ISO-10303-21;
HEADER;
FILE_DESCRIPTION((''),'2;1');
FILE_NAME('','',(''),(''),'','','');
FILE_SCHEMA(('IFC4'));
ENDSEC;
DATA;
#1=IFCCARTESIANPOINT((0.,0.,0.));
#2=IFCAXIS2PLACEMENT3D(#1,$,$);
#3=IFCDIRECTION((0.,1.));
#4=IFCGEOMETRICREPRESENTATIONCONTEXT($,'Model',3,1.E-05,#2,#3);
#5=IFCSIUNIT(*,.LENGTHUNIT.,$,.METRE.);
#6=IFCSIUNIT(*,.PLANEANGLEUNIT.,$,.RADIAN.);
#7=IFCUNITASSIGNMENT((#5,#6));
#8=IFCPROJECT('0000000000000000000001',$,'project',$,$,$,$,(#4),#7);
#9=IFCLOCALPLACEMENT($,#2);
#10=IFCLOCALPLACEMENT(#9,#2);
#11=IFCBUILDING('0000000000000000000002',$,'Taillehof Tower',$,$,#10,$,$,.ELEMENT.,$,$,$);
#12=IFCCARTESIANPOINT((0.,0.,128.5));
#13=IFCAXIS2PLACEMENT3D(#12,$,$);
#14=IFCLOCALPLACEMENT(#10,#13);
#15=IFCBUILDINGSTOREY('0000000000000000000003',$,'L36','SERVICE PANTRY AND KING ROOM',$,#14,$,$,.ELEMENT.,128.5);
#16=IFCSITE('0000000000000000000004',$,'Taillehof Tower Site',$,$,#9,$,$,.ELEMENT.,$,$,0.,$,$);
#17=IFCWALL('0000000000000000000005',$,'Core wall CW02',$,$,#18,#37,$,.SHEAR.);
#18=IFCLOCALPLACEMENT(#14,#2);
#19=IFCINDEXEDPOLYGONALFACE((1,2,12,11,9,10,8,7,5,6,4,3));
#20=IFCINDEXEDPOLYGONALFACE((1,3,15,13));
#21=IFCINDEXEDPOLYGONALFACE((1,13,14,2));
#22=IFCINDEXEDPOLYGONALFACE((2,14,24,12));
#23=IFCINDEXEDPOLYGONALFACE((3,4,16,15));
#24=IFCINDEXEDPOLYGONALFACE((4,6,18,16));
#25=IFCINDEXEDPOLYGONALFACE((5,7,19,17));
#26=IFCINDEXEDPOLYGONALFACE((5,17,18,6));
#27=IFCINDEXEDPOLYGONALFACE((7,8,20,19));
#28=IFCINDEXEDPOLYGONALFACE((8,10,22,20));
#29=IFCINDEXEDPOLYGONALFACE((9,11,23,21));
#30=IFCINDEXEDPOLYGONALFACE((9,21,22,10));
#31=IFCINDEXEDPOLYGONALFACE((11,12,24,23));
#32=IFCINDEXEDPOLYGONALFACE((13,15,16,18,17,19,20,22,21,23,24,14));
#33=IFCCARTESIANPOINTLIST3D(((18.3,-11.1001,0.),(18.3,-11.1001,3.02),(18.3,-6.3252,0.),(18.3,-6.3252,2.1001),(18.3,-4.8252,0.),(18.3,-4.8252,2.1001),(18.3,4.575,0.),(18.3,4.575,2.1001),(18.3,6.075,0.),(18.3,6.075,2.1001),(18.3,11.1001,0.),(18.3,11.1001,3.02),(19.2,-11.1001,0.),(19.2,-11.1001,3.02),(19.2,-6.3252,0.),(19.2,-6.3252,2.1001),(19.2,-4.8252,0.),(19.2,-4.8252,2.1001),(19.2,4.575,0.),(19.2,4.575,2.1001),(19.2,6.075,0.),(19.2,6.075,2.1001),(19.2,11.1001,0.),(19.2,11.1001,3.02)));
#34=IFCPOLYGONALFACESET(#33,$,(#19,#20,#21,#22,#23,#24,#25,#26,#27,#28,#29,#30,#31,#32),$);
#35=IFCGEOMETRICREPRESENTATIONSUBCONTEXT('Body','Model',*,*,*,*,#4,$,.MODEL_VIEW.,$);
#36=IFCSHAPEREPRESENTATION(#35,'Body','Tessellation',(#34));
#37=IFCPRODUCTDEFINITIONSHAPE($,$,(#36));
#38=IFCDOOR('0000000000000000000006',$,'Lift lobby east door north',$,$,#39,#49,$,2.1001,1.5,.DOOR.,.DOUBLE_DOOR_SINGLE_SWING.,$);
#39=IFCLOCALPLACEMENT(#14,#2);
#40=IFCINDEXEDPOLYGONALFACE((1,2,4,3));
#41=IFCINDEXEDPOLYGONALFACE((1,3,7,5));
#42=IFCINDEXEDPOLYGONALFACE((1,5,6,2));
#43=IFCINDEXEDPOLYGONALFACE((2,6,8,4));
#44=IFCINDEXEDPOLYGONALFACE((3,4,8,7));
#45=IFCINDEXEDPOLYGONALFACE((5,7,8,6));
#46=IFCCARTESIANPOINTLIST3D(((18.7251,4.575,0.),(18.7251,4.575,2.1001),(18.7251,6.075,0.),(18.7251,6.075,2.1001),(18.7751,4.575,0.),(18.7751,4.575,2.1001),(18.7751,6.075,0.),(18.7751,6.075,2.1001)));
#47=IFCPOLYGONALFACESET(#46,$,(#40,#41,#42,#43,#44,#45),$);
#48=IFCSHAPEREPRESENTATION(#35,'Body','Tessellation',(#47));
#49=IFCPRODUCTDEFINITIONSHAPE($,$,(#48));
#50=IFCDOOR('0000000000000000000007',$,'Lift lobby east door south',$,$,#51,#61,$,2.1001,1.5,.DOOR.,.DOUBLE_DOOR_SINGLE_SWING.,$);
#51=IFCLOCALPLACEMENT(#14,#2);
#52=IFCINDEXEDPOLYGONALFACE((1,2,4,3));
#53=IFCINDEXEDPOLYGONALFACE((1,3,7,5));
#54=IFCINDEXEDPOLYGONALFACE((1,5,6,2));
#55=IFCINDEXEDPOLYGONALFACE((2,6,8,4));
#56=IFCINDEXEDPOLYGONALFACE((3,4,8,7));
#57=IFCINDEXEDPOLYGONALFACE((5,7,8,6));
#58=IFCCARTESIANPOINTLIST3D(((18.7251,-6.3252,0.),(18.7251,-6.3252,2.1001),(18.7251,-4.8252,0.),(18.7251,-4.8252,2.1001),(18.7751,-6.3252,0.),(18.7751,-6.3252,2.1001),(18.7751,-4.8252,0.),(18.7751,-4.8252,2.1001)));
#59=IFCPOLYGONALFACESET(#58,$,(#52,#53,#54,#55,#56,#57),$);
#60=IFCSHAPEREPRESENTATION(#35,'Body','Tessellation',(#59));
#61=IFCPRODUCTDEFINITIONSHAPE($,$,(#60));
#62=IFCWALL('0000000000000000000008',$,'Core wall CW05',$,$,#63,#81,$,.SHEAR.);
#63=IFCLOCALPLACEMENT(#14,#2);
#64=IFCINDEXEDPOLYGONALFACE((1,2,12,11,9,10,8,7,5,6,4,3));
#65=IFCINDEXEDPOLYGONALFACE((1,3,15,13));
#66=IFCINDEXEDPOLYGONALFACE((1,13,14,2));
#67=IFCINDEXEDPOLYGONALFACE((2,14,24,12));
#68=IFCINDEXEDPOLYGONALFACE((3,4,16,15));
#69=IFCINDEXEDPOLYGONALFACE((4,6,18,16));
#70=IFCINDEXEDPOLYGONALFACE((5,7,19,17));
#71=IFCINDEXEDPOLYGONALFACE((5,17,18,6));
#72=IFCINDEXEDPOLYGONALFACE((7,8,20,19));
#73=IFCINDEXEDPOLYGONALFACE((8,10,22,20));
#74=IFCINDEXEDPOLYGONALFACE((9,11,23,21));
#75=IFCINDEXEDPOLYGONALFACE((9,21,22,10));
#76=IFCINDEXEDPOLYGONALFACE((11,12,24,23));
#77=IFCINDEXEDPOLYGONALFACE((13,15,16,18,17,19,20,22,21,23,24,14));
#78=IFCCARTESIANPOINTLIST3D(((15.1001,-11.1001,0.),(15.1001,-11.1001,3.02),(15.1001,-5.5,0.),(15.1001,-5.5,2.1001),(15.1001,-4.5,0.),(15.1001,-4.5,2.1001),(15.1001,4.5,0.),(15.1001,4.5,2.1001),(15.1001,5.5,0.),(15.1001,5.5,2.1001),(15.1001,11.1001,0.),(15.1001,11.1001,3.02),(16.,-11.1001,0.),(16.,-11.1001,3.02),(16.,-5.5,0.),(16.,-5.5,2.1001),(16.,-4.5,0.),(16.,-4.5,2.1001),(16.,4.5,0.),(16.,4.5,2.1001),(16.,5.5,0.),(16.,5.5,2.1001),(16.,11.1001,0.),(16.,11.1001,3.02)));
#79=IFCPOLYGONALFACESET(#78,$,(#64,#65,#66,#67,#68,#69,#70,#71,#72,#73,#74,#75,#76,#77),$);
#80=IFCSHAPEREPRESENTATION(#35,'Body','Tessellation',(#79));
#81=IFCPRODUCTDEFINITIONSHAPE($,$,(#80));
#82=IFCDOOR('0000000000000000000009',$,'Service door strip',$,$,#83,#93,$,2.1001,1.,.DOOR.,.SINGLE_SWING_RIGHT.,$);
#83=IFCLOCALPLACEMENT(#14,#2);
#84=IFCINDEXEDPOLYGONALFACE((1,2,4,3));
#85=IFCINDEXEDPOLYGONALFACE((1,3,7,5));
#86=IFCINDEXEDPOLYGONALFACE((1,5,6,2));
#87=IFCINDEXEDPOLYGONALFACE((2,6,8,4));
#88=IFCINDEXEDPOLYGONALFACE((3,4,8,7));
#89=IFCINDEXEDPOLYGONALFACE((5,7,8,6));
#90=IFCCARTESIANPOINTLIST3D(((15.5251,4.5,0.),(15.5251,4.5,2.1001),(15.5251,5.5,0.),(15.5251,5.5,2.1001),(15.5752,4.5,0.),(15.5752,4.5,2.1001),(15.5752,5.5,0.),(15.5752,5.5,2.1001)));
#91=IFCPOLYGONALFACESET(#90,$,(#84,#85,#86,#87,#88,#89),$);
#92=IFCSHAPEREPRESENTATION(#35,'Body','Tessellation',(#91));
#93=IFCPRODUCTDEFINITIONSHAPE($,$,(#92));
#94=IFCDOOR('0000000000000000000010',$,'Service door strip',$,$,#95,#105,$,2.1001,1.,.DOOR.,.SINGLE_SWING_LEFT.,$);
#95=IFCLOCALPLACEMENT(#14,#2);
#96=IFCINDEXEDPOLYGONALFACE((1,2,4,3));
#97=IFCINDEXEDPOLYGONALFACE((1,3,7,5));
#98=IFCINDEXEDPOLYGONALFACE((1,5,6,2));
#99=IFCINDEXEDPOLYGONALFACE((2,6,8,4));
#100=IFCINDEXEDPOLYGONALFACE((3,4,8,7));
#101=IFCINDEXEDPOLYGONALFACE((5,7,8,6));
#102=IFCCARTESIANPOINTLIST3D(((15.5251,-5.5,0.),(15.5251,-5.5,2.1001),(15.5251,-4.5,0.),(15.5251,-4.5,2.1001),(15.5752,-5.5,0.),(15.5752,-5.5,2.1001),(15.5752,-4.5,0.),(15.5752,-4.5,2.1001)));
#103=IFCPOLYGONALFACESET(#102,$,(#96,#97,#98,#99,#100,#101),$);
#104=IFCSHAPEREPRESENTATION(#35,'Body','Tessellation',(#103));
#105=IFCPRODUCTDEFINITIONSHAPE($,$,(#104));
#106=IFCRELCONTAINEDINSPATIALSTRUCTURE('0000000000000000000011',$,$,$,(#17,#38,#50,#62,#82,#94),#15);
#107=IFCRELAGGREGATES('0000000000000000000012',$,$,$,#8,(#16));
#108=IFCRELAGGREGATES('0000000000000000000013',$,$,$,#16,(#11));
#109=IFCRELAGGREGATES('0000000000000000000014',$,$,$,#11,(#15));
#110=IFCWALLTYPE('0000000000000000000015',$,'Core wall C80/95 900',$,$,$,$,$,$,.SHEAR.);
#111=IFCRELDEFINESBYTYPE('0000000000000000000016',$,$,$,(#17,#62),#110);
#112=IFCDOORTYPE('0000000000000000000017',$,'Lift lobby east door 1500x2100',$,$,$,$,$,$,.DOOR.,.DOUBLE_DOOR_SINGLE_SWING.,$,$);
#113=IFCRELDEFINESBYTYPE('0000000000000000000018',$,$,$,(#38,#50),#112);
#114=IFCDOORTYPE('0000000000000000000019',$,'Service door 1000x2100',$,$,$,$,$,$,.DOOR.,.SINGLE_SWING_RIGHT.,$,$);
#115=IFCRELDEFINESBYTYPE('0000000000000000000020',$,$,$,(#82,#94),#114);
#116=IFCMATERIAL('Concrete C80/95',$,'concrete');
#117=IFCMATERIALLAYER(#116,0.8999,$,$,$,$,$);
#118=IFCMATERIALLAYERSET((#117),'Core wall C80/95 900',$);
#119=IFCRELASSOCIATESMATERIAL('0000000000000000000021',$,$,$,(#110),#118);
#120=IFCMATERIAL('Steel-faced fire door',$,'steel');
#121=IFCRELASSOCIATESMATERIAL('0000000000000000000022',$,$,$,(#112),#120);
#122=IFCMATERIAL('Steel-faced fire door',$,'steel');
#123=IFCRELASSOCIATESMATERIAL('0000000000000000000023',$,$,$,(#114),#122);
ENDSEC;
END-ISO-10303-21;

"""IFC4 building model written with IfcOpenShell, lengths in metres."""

from ifc_helpers import new_model, si_unit, direction, frame, frame_2d, origin, place, context, subcontext, project, spatial, rectangle, extrude, material, layer, layer_set, type_object, element, fill, save


model = new_model("IFC4")

# Units and contexts
model_context = context("Model", 3, precision=1e-05, world=origin(), true_north=direction((0.0, 1.0)))
body_context = subcontext(model_context, "Body", "Model", "MODEL_VIEW")
ifc_project = project(units=[si_unit("LENGTHUNIT", "METRE"), si_unit("PLANEANGLEUNIT", "RADIAN")], contexts=[model_context])

# Site, building, storey
site_placement = place(None, origin())
site = spatial("IfcSite", under=ifc_project, at=site_placement, Name="Taillehof Tower Site", CompositionType="ELEMENT", RefElevation=0.0)
building_placement = place(site_placement, origin())
building = spatial("IfcBuilding", under=site, at=building_placement, Name="Taillehof Tower", CompositionType="ELEMENT")
storey_placement = place(building_placement, frame((0.0, 0.0, 128.5)))
storey = spatial("IfcBuildingStorey", under=building, at=storey_placement, Name="L36", Description="SERVICE PANTRY AND KING ROOM", CompositionType="ELEMENT", Elevation=128.5)

# Walls, openings, doors
ifc_material_1 = material(Name="Concrete C80/95", Category="concrete")
ifc_layer_1 = layer(ifc_material_1, 0.8999)
ifc_layer_set_1 = layer_set([ifc_layer_1], Name="Core wall C80/95 900")
wall_type_1 = type_object("IfcWallType", Name="Core wall C80/95 900", PredefinedType="SHEAR", material=ifc_layer_set_1)
wall_1_placement = place(storey_placement, frame((18.75, -11.1001, 0.0), z_axis=(0.0, 0.0, 1.0), x_axis=(0.0, 1.0, 0.0)))
wall_1 = element("IfcWall", 1, at=wall_1_placement, inside=storey, type_object=wall_type_1, Name="Core wall CW02", PredefinedType="SHEAR", context=body_context, shape_type="SweptSolid", body=[
    extrude(rectangle(XDim=22.2002, YDim=0.8999, at=frame_2d((11.1001, 0.0))), origin(), (0.0, 0.0, 1.0), 3.02),
])
opening_1_placement = place(wall_1_placement, frame((15.675, 0.0, 0.0)))
opening_1 = element("IfcOpeningElement", 2, at=opening_1_placement, cuts=wall_1, PredefinedType="OPENING", context=body_context, shape_type="SweptSolid", body=[
    extrude(rectangle(XDim=1.5, YDim=2.1001, at=frame_2d((0.75, 1.05))), frame((0.0, 0.46, 0.0), z_axis=(0.0, -1.0, 0.0), x_axis=(1.0, 0.0, 0.0)), (0.0, 0.0, 1.0), 0.9199),
])
opening_2_placement = place(wall_1_placement, frame((4.7749, 0.0, 0.0)))
opening_2 = element("IfcOpeningElement", 3, at=opening_2_placement, cuts=wall_1, PredefinedType="OPENING", context=body_context, shape_type="SweptSolid", body=[
    extrude(rectangle(XDim=1.5, YDim=2.1001, at=frame_2d((0.75, 1.05))), frame((0.0, 0.46, 0.0), z_axis=(0.0, -1.0, 0.0), x_axis=(1.0, 0.0, 0.0)), (0.0, 0.0, 1.0), 0.9199),
])
ifc_material_2 = material(Name="Steel-faced fire door", Category="steel")
door_type_1 = type_object("IfcDoorType", Name="Lift lobby east door 1500x2100", OperationType="DOUBLE_DOOR_SINGLE_SWING", PredefinedType="DOOR", material=ifc_material_2)
door_1_placement = place(opening_1_placement, origin())
door_1 = element("IfcDoor", 4, at=door_1_placement, inside=storey, type_object=door_type_1, Name="Lift lobby east door north", OperationType="DOUBLE_DOOR_SINGLE_SWING", OverallHeight=2.1001, OverallWidth=1.5, PredefinedType="DOOR", context=body_context, shape_type="SweptSolid", body=[
    extrude(rectangle(XDim=1.5, YDim=2.1001, at=frame_2d((0.75, 1.05))), frame((0.0, 0.0249, 0.0), z_axis=(0.0, -1.0, 0.0), x_axis=(1.0, 0.0, 0.0)), (0.0, 0.0, 1.0), 0.05),
])
fill(opening_1, door_1)
door_2_placement = place(opening_2_placement, origin())
door_2 = element("IfcDoor", 5, at=door_2_placement, inside=storey, type_object=door_type_1, Name="Lift lobby east door south", OperationType="DOUBLE_DOOR_SINGLE_SWING", OverallHeight=2.1001, OverallWidth=1.5, PredefinedType="DOOR", context=body_context, shape_type="SweptSolid", body=[
    extrude(rectangle(XDim=1.5, YDim=2.1001, at=frame_2d((0.75, 1.05))), frame((0.0, 0.0249, 0.0), z_axis=(0.0, -1.0, 0.0), x_axis=(1.0, 0.0, 0.0)), (0.0, 0.0, 1.0), 0.05),
])
fill(opening_2, door_2)
wall_2_placement = place(storey_placement, frame((15.55, -11.1001, 0.0), z_axis=(0.0, 0.0, 1.0), x_axis=(0.0, 1.0, 0.0)))
wall_2 = element("IfcWall", 6, at=wall_2_placement, inside=storey, type_object=wall_type_1, Name="Core wall CW05", PredefinedType="SHEAR", context=body_context, shape_type="SweptSolid", body=[
    extrude(rectangle(XDim=22.2002, YDim=0.8999, at=frame_2d((11.1001, 0.0))), origin(), (0.0, 0.0, 1.0), 3.02),
])
opening_3_placement = place(wall_2_placement, frame((15.6001, 0.0, 0.0)))
opening_3 = element("IfcOpeningElement", 7, at=opening_3_placement, cuts=wall_2, PredefinedType="OPENING", context=body_context, shape_type="SweptSolid", body=[
    extrude(rectangle(XDim=1.0, YDim=2.1001, at=frame_2d((0.5, 1.05))), frame((0.0, 0.46, 0.0), z_axis=(0.0, -1.0, 0.0), x_axis=(1.0, 0.0, 0.0)), (0.0, 0.0, 1.0), 0.9199),
])
opening_4_placement = place(wall_2_placement, frame((5.6001, 0.0, 0.0)))
opening_4 = element("IfcOpeningElement", 8, at=opening_4_placement, cuts=wall_2, PredefinedType="OPENING", context=body_context, shape_type="SweptSolid", body=[
    extrude(rectangle(XDim=1.0, YDim=2.1001, at=frame_2d((0.5, 1.05))), frame((0.0, 0.46, 0.0), z_axis=(0.0, -1.0, 0.0), x_axis=(1.0, 0.0, 0.0)), (0.0, 0.0, 1.0), 0.9199),
])
ifc_material_3 = material(Name="Steel-faced fire door", Category="steel")
door_type_2 = type_object("IfcDoorType", Name="Service door 1000x2100", OperationType="SINGLE_SWING_RIGHT", PredefinedType="DOOR", material=ifc_material_3)
door_3_placement = place(opening_3_placement, origin())
door_3 = element("IfcDoor", 9, at=door_3_placement, inside=storey, type_object=door_type_2, Name="Service door strip", OperationType="SINGLE_SWING_RIGHT", OverallHeight=2.1001, OverallWidth=1.0, PredefinedType="DOOR", context=body_context, shape_type="SweptSolid", body=[
    extrude(rectangle(XDim=1.0, YDim=2.1001, at=frame_2d((0.5, 1.05))), frame((0.0, 0.0249, 0.0), z_axis=(0.0, -1.0, 0.0), x_axis=(1.0, 0.0, 0.0)), (0.0, 0.0, 1.0), 0.05),
])
fill(opening_3, door_3)
door_4_placement = place(opening_4_placement, origin())
door_4 = element("IfcDoor", 10, at=door_4_placement, inside=storey, type_object=door_type_2, Name="Service door strip", OperationType="SINGLE_SWING_LEFT", OverallHeight=2.1001, OverallWidth=1.0, PredefinedType="DOOR", context=body_context, shape_type="SweptSolid", body=[
    extrude(rectangle(XDim=1.0, YDim=2.1001, at=frame_2d((0.5, 1.05))), frame((0.0, 0.0249, 0.0), z_axis=(0.0, -1.0, 0.0), x_axis=(1.0, 0.0, 0.0)), (0.0, 0.0, 1.0), 0.05),
])
fill(opening_4, door_4)

save(model, "model.ifc")
